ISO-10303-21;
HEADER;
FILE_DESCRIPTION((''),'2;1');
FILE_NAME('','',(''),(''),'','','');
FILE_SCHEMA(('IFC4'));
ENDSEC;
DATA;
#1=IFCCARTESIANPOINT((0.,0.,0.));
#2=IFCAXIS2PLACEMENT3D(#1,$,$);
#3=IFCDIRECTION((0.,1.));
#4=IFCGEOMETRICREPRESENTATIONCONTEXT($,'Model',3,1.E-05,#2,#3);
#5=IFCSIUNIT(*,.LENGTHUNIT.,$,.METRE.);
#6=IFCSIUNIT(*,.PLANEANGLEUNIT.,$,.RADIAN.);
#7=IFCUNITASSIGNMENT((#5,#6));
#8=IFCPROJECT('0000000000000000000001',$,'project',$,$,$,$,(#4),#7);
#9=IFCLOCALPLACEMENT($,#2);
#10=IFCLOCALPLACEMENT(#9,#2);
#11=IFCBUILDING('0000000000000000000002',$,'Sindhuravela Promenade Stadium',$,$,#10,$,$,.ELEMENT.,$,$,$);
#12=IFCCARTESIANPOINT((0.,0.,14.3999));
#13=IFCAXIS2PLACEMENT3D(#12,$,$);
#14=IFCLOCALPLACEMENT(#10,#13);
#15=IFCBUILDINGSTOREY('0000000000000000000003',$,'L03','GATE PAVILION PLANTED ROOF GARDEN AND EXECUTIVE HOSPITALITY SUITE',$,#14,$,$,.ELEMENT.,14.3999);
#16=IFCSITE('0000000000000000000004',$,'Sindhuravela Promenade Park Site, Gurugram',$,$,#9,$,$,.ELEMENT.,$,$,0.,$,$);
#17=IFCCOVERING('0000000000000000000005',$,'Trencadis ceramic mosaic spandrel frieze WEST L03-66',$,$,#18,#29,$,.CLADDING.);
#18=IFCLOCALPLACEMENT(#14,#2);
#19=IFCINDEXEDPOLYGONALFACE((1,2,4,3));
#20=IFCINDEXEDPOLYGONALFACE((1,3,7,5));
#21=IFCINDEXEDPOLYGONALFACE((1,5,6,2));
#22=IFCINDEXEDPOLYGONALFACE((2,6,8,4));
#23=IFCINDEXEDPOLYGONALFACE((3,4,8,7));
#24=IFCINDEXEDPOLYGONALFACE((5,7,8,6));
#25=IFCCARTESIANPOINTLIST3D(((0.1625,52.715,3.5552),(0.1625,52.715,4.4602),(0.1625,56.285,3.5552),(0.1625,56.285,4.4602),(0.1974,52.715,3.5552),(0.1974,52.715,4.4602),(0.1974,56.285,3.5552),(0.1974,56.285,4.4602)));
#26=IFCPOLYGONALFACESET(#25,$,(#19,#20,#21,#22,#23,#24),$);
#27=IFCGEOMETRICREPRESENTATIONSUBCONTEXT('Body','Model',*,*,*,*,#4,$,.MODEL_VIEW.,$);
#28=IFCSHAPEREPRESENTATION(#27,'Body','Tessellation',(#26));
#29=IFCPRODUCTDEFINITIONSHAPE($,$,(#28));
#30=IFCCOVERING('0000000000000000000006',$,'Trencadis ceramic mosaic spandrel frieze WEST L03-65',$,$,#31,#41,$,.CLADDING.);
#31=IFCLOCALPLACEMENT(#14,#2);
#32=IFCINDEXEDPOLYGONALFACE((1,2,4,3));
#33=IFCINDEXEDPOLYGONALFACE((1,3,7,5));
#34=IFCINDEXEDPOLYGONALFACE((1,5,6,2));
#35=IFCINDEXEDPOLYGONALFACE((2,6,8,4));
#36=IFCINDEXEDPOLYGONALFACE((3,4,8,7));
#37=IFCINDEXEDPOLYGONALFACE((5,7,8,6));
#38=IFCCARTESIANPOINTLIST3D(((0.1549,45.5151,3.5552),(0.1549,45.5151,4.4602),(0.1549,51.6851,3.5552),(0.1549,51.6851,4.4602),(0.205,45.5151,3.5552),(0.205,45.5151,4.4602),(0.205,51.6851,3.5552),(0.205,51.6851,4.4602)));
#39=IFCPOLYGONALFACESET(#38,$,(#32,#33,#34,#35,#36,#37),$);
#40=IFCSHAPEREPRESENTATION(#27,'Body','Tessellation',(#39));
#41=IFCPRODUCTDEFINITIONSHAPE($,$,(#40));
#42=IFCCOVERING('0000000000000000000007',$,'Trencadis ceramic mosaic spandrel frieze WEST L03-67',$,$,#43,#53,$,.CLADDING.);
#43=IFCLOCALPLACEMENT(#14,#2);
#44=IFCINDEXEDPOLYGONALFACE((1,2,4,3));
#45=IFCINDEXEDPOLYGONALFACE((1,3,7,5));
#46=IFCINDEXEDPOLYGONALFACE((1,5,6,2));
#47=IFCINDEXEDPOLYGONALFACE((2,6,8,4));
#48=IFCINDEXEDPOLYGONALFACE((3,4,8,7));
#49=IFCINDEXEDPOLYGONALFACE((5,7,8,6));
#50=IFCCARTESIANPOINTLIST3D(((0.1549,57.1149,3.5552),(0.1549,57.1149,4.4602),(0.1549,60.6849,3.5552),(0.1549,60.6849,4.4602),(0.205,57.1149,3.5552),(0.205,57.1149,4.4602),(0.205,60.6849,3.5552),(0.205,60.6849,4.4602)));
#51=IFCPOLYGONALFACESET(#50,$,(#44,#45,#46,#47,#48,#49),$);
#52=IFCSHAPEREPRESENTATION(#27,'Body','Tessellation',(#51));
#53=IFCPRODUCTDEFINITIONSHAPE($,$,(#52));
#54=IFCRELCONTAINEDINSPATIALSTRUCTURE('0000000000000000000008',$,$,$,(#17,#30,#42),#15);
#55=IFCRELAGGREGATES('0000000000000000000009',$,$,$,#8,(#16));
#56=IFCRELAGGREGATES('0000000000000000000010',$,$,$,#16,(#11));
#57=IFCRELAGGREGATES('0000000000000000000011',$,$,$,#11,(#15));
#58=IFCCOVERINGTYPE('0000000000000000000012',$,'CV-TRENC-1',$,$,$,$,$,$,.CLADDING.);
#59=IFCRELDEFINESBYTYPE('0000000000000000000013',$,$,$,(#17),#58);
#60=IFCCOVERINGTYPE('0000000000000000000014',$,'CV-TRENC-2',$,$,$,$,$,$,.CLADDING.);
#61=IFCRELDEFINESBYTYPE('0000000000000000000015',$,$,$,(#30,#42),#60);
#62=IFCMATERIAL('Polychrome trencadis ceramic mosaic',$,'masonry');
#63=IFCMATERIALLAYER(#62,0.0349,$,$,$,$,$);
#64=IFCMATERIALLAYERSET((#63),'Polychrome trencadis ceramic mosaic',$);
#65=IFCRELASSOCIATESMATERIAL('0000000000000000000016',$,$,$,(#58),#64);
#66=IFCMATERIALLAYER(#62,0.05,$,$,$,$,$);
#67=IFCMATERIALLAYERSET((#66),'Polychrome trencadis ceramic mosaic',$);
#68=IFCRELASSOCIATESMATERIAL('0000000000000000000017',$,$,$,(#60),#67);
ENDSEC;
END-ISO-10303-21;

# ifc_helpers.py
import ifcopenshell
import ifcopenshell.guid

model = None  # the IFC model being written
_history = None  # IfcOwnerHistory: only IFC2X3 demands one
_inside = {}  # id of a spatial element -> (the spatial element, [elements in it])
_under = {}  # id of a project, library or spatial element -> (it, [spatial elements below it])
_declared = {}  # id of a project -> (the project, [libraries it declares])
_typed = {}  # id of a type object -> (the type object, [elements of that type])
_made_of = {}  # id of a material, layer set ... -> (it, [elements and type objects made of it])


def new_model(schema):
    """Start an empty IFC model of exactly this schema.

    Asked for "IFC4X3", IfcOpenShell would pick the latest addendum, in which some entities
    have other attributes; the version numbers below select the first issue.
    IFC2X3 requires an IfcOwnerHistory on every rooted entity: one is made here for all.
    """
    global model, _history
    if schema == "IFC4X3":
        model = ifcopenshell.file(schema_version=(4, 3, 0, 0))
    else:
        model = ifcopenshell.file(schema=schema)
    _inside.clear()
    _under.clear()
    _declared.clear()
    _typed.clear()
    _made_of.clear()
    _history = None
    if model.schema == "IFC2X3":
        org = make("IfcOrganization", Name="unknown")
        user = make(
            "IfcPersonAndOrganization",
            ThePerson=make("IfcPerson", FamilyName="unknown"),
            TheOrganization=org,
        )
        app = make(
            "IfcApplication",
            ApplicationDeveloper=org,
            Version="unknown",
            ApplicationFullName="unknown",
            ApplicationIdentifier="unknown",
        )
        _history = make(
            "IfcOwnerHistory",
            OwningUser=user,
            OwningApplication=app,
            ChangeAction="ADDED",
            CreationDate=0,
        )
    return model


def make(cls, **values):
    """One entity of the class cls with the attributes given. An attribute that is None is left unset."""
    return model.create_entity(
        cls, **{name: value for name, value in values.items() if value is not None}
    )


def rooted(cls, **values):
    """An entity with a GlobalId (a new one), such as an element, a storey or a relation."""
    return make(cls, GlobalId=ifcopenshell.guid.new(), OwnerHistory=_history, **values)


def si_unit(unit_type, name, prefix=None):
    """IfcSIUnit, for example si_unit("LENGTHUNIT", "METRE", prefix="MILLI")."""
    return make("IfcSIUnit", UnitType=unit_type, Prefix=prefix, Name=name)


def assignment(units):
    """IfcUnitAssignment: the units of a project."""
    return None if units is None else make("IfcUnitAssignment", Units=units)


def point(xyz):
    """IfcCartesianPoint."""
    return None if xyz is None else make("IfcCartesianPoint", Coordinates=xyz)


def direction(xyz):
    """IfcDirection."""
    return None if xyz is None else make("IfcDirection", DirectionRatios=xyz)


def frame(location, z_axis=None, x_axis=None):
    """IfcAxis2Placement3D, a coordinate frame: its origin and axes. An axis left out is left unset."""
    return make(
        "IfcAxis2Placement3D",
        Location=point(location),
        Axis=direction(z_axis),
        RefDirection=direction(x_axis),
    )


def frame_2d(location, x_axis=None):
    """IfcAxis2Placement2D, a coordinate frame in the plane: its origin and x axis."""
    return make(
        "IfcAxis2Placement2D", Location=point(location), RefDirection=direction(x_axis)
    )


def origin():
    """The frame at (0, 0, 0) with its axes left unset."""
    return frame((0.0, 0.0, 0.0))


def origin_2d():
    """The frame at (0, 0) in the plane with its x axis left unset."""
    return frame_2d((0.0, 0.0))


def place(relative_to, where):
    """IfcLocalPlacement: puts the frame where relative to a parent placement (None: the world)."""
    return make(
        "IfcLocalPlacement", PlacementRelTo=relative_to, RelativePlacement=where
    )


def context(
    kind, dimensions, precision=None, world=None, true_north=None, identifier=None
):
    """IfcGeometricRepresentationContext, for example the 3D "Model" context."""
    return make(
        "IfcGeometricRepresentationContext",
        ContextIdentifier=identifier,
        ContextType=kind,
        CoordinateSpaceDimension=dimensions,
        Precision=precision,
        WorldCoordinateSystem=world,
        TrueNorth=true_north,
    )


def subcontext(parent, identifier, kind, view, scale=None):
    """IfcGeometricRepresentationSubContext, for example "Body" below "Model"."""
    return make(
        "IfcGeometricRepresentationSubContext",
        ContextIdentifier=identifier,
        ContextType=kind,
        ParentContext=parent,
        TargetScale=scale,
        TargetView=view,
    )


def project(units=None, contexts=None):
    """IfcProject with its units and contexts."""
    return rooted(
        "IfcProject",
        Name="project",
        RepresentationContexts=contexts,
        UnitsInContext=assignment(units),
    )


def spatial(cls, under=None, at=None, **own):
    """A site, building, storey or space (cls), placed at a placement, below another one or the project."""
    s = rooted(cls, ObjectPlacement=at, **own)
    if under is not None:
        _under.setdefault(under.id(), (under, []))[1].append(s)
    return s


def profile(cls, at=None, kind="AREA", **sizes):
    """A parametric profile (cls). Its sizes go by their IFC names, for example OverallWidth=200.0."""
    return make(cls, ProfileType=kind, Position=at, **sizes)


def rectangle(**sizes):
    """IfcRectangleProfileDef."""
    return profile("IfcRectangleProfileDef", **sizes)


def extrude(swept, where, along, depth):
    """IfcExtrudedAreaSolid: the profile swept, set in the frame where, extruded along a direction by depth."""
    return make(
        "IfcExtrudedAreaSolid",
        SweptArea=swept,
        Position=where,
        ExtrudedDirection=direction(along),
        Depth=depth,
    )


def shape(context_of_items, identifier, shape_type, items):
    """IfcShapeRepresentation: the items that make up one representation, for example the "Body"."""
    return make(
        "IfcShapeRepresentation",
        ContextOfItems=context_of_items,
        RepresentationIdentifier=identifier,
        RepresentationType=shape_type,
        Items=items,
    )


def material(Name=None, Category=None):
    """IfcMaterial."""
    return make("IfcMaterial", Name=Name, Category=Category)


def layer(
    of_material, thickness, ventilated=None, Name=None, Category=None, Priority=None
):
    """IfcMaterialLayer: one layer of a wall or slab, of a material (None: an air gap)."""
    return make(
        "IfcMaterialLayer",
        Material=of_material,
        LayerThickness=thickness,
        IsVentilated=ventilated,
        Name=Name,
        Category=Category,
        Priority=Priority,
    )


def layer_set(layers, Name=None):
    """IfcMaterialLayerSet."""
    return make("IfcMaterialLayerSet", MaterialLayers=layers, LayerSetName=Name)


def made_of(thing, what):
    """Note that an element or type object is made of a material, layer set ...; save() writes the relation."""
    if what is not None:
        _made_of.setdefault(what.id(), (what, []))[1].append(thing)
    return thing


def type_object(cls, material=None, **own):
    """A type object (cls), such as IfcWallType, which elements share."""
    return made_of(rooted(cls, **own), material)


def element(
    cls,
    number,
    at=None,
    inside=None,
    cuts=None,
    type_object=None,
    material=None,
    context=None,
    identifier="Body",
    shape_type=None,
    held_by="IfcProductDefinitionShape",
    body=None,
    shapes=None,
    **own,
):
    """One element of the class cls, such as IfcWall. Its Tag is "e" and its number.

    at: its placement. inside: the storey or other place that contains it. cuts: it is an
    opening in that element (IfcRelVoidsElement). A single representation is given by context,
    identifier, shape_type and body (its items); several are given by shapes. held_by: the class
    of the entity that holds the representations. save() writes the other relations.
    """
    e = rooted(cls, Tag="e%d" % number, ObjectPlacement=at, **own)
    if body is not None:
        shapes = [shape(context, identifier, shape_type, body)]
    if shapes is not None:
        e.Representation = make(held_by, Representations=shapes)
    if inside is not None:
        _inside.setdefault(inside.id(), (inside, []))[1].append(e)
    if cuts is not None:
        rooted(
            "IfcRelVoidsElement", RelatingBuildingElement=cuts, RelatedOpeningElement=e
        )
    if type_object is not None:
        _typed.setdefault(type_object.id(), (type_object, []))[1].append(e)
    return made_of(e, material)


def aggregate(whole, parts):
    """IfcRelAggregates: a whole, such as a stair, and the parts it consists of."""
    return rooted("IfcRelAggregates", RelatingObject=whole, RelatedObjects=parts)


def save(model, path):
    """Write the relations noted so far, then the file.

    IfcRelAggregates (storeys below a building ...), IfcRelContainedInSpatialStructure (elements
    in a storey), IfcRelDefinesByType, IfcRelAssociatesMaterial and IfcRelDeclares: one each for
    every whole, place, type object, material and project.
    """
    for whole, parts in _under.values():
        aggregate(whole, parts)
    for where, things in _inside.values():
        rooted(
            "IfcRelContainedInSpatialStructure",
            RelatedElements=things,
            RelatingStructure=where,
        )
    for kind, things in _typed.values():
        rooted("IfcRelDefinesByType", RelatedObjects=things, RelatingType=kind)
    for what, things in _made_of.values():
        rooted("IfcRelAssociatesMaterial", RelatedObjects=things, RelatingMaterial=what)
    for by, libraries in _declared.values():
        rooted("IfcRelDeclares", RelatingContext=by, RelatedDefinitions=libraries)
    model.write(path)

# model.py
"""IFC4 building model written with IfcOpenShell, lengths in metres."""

from ifc_helpers import new_model, si_unit, direction, frame, origin, origin_2d, place, context, subcontext, project, spatial, rectangle, extrude, material, layer, layer_set, type_object, element, save


model = new_model("IFC4")

# Units and contexts
model_context = context("Model", 3, precision=1e-05, world=origin(), true_north=direction((0.0, 1.0)))
body_context = subcontext(model_context, "Body", "Model", "MODEL_VIEW")
ifc_project = project(units=[si_unit("LENGTHUNIT", "METRE"), si_unit("PLANEANGLEUNIT", "RADIAN")], contexts=[model_context])

# Site, building, storey
site_placement = place(None, origin())
site = spatial("IfcSite", under=ifc_project, at=site_placement, Name="Sindhuravela Promenade Park Site, Gurugram", CompositionType="ELEMENT", RefElevation=0.0)
building_placement = place(site_placement, origin())
building = spatial("IfcBuilding", under=site, at=building_placement, Name="Sindhuravela Promenade Stadium", CompositionType="ELEMENT")
storey_placement = place(building_placement, frame((0.0, 0.0, 14.3999)))
storey = spatial("IfcBuildingStorey", under=building, at=storey_placement, Name="L03", Description="GATE PAVILION PLANTED ROOF GARDEN AND EXECUTIVE HOSPITALITY SUITE", CompositionType="ELEMENT", Elevation=14.3999)

# Coverings
ifc_material_1 = material(Name="Polychrome trencadis ceramic mosaic", Category="masonry")
ifc_layer_1 = layer(ifc_material_1, 0.0349)
ifc_layer_set_1 = layer_set([ifc_layer_1], Name="Polychrome trencadis ceramic mosaic")
covering_type_1 = type_object("IfcCoveringType", Name="CV-TRENC-1", PredefinedType="CLADDING", material=ifc_layer_set_1)
covering_1_placement = place(storey_placement, frame((0.1799, 54.5, 3.5552), z_axis=(0.0, 0.0, 1.0), x_axis=(0.0, 1.0, 0.0)))
element("IfcCovering", 1, at=covering_1_placement, inside=storey, type_object=covering_type_1, Name="Trencadis ceramic mosaic spandrel frieze WEST L03-66", PredefinedType="CLADDING", context=body_context, shape_type="SweptSolid", body=[
    extrude(rectangle(XDim=3.5701, YDim=0.0349, at=origin_2d()), origin(), (0.0, 0.0, 1.0), 0.905),
])
ifc_layer_2 = layer(ifc_material_1, 0.05)
ifc_layer_set_2 = layer_set([ifc_layer_2], Name="Polychrome trencadis ceramic mosaic")
covering_type_2 = type_object("IfcCoveringType", Name="CV-TRENC-2", PredefinedType="CLADDING", material=ifc_layer_set_2)
covering_2_placement = place(storey_placement, frame((0.1799, 48.6001, 3.5552), z_axis=(0.0, 0.0, 1.0), x_axis=(0.0, 1.0, 0.0)))
element("IfcCovering", 2, at=covering_2_placement, inside=storey, type_object=covering_type_2, Name="Trencadis ceramic mosaic spandrel frieze WEST L03-65", PredefinedType="CLADDING", context=body_context, shape_type="SweptSolid", body=[
    extrude(rectangle(XDim=6.1699, YDim=0.05, at=origin_2d()), origin(), (0.0, 0.0, 1.0), 0.905),
])
covering_3_placement = place(storey_placement, frame((0.1799, 58.8999, 3.5552), z_axis=(0.0, 0.0, 1.0), x_axis=(0.0, 1.0, 0.0)))
element("IfcCovering", 3, at=covering_3_placement, inside=storey, type_object=covering_type_2, Name="Trencadis ceramic mosaic spandrel frieze WEST L03-67", PredefinedType="CLADDING", context=body_context, shape_type="SweptSolid", body=[
    extrude(rectangle(XDim=3.5701, YDim=0.05, at=origin_2d()), origin(), (0.0, 0.0, 1.0), 0.905),
])

save(model, "model.ifc")
